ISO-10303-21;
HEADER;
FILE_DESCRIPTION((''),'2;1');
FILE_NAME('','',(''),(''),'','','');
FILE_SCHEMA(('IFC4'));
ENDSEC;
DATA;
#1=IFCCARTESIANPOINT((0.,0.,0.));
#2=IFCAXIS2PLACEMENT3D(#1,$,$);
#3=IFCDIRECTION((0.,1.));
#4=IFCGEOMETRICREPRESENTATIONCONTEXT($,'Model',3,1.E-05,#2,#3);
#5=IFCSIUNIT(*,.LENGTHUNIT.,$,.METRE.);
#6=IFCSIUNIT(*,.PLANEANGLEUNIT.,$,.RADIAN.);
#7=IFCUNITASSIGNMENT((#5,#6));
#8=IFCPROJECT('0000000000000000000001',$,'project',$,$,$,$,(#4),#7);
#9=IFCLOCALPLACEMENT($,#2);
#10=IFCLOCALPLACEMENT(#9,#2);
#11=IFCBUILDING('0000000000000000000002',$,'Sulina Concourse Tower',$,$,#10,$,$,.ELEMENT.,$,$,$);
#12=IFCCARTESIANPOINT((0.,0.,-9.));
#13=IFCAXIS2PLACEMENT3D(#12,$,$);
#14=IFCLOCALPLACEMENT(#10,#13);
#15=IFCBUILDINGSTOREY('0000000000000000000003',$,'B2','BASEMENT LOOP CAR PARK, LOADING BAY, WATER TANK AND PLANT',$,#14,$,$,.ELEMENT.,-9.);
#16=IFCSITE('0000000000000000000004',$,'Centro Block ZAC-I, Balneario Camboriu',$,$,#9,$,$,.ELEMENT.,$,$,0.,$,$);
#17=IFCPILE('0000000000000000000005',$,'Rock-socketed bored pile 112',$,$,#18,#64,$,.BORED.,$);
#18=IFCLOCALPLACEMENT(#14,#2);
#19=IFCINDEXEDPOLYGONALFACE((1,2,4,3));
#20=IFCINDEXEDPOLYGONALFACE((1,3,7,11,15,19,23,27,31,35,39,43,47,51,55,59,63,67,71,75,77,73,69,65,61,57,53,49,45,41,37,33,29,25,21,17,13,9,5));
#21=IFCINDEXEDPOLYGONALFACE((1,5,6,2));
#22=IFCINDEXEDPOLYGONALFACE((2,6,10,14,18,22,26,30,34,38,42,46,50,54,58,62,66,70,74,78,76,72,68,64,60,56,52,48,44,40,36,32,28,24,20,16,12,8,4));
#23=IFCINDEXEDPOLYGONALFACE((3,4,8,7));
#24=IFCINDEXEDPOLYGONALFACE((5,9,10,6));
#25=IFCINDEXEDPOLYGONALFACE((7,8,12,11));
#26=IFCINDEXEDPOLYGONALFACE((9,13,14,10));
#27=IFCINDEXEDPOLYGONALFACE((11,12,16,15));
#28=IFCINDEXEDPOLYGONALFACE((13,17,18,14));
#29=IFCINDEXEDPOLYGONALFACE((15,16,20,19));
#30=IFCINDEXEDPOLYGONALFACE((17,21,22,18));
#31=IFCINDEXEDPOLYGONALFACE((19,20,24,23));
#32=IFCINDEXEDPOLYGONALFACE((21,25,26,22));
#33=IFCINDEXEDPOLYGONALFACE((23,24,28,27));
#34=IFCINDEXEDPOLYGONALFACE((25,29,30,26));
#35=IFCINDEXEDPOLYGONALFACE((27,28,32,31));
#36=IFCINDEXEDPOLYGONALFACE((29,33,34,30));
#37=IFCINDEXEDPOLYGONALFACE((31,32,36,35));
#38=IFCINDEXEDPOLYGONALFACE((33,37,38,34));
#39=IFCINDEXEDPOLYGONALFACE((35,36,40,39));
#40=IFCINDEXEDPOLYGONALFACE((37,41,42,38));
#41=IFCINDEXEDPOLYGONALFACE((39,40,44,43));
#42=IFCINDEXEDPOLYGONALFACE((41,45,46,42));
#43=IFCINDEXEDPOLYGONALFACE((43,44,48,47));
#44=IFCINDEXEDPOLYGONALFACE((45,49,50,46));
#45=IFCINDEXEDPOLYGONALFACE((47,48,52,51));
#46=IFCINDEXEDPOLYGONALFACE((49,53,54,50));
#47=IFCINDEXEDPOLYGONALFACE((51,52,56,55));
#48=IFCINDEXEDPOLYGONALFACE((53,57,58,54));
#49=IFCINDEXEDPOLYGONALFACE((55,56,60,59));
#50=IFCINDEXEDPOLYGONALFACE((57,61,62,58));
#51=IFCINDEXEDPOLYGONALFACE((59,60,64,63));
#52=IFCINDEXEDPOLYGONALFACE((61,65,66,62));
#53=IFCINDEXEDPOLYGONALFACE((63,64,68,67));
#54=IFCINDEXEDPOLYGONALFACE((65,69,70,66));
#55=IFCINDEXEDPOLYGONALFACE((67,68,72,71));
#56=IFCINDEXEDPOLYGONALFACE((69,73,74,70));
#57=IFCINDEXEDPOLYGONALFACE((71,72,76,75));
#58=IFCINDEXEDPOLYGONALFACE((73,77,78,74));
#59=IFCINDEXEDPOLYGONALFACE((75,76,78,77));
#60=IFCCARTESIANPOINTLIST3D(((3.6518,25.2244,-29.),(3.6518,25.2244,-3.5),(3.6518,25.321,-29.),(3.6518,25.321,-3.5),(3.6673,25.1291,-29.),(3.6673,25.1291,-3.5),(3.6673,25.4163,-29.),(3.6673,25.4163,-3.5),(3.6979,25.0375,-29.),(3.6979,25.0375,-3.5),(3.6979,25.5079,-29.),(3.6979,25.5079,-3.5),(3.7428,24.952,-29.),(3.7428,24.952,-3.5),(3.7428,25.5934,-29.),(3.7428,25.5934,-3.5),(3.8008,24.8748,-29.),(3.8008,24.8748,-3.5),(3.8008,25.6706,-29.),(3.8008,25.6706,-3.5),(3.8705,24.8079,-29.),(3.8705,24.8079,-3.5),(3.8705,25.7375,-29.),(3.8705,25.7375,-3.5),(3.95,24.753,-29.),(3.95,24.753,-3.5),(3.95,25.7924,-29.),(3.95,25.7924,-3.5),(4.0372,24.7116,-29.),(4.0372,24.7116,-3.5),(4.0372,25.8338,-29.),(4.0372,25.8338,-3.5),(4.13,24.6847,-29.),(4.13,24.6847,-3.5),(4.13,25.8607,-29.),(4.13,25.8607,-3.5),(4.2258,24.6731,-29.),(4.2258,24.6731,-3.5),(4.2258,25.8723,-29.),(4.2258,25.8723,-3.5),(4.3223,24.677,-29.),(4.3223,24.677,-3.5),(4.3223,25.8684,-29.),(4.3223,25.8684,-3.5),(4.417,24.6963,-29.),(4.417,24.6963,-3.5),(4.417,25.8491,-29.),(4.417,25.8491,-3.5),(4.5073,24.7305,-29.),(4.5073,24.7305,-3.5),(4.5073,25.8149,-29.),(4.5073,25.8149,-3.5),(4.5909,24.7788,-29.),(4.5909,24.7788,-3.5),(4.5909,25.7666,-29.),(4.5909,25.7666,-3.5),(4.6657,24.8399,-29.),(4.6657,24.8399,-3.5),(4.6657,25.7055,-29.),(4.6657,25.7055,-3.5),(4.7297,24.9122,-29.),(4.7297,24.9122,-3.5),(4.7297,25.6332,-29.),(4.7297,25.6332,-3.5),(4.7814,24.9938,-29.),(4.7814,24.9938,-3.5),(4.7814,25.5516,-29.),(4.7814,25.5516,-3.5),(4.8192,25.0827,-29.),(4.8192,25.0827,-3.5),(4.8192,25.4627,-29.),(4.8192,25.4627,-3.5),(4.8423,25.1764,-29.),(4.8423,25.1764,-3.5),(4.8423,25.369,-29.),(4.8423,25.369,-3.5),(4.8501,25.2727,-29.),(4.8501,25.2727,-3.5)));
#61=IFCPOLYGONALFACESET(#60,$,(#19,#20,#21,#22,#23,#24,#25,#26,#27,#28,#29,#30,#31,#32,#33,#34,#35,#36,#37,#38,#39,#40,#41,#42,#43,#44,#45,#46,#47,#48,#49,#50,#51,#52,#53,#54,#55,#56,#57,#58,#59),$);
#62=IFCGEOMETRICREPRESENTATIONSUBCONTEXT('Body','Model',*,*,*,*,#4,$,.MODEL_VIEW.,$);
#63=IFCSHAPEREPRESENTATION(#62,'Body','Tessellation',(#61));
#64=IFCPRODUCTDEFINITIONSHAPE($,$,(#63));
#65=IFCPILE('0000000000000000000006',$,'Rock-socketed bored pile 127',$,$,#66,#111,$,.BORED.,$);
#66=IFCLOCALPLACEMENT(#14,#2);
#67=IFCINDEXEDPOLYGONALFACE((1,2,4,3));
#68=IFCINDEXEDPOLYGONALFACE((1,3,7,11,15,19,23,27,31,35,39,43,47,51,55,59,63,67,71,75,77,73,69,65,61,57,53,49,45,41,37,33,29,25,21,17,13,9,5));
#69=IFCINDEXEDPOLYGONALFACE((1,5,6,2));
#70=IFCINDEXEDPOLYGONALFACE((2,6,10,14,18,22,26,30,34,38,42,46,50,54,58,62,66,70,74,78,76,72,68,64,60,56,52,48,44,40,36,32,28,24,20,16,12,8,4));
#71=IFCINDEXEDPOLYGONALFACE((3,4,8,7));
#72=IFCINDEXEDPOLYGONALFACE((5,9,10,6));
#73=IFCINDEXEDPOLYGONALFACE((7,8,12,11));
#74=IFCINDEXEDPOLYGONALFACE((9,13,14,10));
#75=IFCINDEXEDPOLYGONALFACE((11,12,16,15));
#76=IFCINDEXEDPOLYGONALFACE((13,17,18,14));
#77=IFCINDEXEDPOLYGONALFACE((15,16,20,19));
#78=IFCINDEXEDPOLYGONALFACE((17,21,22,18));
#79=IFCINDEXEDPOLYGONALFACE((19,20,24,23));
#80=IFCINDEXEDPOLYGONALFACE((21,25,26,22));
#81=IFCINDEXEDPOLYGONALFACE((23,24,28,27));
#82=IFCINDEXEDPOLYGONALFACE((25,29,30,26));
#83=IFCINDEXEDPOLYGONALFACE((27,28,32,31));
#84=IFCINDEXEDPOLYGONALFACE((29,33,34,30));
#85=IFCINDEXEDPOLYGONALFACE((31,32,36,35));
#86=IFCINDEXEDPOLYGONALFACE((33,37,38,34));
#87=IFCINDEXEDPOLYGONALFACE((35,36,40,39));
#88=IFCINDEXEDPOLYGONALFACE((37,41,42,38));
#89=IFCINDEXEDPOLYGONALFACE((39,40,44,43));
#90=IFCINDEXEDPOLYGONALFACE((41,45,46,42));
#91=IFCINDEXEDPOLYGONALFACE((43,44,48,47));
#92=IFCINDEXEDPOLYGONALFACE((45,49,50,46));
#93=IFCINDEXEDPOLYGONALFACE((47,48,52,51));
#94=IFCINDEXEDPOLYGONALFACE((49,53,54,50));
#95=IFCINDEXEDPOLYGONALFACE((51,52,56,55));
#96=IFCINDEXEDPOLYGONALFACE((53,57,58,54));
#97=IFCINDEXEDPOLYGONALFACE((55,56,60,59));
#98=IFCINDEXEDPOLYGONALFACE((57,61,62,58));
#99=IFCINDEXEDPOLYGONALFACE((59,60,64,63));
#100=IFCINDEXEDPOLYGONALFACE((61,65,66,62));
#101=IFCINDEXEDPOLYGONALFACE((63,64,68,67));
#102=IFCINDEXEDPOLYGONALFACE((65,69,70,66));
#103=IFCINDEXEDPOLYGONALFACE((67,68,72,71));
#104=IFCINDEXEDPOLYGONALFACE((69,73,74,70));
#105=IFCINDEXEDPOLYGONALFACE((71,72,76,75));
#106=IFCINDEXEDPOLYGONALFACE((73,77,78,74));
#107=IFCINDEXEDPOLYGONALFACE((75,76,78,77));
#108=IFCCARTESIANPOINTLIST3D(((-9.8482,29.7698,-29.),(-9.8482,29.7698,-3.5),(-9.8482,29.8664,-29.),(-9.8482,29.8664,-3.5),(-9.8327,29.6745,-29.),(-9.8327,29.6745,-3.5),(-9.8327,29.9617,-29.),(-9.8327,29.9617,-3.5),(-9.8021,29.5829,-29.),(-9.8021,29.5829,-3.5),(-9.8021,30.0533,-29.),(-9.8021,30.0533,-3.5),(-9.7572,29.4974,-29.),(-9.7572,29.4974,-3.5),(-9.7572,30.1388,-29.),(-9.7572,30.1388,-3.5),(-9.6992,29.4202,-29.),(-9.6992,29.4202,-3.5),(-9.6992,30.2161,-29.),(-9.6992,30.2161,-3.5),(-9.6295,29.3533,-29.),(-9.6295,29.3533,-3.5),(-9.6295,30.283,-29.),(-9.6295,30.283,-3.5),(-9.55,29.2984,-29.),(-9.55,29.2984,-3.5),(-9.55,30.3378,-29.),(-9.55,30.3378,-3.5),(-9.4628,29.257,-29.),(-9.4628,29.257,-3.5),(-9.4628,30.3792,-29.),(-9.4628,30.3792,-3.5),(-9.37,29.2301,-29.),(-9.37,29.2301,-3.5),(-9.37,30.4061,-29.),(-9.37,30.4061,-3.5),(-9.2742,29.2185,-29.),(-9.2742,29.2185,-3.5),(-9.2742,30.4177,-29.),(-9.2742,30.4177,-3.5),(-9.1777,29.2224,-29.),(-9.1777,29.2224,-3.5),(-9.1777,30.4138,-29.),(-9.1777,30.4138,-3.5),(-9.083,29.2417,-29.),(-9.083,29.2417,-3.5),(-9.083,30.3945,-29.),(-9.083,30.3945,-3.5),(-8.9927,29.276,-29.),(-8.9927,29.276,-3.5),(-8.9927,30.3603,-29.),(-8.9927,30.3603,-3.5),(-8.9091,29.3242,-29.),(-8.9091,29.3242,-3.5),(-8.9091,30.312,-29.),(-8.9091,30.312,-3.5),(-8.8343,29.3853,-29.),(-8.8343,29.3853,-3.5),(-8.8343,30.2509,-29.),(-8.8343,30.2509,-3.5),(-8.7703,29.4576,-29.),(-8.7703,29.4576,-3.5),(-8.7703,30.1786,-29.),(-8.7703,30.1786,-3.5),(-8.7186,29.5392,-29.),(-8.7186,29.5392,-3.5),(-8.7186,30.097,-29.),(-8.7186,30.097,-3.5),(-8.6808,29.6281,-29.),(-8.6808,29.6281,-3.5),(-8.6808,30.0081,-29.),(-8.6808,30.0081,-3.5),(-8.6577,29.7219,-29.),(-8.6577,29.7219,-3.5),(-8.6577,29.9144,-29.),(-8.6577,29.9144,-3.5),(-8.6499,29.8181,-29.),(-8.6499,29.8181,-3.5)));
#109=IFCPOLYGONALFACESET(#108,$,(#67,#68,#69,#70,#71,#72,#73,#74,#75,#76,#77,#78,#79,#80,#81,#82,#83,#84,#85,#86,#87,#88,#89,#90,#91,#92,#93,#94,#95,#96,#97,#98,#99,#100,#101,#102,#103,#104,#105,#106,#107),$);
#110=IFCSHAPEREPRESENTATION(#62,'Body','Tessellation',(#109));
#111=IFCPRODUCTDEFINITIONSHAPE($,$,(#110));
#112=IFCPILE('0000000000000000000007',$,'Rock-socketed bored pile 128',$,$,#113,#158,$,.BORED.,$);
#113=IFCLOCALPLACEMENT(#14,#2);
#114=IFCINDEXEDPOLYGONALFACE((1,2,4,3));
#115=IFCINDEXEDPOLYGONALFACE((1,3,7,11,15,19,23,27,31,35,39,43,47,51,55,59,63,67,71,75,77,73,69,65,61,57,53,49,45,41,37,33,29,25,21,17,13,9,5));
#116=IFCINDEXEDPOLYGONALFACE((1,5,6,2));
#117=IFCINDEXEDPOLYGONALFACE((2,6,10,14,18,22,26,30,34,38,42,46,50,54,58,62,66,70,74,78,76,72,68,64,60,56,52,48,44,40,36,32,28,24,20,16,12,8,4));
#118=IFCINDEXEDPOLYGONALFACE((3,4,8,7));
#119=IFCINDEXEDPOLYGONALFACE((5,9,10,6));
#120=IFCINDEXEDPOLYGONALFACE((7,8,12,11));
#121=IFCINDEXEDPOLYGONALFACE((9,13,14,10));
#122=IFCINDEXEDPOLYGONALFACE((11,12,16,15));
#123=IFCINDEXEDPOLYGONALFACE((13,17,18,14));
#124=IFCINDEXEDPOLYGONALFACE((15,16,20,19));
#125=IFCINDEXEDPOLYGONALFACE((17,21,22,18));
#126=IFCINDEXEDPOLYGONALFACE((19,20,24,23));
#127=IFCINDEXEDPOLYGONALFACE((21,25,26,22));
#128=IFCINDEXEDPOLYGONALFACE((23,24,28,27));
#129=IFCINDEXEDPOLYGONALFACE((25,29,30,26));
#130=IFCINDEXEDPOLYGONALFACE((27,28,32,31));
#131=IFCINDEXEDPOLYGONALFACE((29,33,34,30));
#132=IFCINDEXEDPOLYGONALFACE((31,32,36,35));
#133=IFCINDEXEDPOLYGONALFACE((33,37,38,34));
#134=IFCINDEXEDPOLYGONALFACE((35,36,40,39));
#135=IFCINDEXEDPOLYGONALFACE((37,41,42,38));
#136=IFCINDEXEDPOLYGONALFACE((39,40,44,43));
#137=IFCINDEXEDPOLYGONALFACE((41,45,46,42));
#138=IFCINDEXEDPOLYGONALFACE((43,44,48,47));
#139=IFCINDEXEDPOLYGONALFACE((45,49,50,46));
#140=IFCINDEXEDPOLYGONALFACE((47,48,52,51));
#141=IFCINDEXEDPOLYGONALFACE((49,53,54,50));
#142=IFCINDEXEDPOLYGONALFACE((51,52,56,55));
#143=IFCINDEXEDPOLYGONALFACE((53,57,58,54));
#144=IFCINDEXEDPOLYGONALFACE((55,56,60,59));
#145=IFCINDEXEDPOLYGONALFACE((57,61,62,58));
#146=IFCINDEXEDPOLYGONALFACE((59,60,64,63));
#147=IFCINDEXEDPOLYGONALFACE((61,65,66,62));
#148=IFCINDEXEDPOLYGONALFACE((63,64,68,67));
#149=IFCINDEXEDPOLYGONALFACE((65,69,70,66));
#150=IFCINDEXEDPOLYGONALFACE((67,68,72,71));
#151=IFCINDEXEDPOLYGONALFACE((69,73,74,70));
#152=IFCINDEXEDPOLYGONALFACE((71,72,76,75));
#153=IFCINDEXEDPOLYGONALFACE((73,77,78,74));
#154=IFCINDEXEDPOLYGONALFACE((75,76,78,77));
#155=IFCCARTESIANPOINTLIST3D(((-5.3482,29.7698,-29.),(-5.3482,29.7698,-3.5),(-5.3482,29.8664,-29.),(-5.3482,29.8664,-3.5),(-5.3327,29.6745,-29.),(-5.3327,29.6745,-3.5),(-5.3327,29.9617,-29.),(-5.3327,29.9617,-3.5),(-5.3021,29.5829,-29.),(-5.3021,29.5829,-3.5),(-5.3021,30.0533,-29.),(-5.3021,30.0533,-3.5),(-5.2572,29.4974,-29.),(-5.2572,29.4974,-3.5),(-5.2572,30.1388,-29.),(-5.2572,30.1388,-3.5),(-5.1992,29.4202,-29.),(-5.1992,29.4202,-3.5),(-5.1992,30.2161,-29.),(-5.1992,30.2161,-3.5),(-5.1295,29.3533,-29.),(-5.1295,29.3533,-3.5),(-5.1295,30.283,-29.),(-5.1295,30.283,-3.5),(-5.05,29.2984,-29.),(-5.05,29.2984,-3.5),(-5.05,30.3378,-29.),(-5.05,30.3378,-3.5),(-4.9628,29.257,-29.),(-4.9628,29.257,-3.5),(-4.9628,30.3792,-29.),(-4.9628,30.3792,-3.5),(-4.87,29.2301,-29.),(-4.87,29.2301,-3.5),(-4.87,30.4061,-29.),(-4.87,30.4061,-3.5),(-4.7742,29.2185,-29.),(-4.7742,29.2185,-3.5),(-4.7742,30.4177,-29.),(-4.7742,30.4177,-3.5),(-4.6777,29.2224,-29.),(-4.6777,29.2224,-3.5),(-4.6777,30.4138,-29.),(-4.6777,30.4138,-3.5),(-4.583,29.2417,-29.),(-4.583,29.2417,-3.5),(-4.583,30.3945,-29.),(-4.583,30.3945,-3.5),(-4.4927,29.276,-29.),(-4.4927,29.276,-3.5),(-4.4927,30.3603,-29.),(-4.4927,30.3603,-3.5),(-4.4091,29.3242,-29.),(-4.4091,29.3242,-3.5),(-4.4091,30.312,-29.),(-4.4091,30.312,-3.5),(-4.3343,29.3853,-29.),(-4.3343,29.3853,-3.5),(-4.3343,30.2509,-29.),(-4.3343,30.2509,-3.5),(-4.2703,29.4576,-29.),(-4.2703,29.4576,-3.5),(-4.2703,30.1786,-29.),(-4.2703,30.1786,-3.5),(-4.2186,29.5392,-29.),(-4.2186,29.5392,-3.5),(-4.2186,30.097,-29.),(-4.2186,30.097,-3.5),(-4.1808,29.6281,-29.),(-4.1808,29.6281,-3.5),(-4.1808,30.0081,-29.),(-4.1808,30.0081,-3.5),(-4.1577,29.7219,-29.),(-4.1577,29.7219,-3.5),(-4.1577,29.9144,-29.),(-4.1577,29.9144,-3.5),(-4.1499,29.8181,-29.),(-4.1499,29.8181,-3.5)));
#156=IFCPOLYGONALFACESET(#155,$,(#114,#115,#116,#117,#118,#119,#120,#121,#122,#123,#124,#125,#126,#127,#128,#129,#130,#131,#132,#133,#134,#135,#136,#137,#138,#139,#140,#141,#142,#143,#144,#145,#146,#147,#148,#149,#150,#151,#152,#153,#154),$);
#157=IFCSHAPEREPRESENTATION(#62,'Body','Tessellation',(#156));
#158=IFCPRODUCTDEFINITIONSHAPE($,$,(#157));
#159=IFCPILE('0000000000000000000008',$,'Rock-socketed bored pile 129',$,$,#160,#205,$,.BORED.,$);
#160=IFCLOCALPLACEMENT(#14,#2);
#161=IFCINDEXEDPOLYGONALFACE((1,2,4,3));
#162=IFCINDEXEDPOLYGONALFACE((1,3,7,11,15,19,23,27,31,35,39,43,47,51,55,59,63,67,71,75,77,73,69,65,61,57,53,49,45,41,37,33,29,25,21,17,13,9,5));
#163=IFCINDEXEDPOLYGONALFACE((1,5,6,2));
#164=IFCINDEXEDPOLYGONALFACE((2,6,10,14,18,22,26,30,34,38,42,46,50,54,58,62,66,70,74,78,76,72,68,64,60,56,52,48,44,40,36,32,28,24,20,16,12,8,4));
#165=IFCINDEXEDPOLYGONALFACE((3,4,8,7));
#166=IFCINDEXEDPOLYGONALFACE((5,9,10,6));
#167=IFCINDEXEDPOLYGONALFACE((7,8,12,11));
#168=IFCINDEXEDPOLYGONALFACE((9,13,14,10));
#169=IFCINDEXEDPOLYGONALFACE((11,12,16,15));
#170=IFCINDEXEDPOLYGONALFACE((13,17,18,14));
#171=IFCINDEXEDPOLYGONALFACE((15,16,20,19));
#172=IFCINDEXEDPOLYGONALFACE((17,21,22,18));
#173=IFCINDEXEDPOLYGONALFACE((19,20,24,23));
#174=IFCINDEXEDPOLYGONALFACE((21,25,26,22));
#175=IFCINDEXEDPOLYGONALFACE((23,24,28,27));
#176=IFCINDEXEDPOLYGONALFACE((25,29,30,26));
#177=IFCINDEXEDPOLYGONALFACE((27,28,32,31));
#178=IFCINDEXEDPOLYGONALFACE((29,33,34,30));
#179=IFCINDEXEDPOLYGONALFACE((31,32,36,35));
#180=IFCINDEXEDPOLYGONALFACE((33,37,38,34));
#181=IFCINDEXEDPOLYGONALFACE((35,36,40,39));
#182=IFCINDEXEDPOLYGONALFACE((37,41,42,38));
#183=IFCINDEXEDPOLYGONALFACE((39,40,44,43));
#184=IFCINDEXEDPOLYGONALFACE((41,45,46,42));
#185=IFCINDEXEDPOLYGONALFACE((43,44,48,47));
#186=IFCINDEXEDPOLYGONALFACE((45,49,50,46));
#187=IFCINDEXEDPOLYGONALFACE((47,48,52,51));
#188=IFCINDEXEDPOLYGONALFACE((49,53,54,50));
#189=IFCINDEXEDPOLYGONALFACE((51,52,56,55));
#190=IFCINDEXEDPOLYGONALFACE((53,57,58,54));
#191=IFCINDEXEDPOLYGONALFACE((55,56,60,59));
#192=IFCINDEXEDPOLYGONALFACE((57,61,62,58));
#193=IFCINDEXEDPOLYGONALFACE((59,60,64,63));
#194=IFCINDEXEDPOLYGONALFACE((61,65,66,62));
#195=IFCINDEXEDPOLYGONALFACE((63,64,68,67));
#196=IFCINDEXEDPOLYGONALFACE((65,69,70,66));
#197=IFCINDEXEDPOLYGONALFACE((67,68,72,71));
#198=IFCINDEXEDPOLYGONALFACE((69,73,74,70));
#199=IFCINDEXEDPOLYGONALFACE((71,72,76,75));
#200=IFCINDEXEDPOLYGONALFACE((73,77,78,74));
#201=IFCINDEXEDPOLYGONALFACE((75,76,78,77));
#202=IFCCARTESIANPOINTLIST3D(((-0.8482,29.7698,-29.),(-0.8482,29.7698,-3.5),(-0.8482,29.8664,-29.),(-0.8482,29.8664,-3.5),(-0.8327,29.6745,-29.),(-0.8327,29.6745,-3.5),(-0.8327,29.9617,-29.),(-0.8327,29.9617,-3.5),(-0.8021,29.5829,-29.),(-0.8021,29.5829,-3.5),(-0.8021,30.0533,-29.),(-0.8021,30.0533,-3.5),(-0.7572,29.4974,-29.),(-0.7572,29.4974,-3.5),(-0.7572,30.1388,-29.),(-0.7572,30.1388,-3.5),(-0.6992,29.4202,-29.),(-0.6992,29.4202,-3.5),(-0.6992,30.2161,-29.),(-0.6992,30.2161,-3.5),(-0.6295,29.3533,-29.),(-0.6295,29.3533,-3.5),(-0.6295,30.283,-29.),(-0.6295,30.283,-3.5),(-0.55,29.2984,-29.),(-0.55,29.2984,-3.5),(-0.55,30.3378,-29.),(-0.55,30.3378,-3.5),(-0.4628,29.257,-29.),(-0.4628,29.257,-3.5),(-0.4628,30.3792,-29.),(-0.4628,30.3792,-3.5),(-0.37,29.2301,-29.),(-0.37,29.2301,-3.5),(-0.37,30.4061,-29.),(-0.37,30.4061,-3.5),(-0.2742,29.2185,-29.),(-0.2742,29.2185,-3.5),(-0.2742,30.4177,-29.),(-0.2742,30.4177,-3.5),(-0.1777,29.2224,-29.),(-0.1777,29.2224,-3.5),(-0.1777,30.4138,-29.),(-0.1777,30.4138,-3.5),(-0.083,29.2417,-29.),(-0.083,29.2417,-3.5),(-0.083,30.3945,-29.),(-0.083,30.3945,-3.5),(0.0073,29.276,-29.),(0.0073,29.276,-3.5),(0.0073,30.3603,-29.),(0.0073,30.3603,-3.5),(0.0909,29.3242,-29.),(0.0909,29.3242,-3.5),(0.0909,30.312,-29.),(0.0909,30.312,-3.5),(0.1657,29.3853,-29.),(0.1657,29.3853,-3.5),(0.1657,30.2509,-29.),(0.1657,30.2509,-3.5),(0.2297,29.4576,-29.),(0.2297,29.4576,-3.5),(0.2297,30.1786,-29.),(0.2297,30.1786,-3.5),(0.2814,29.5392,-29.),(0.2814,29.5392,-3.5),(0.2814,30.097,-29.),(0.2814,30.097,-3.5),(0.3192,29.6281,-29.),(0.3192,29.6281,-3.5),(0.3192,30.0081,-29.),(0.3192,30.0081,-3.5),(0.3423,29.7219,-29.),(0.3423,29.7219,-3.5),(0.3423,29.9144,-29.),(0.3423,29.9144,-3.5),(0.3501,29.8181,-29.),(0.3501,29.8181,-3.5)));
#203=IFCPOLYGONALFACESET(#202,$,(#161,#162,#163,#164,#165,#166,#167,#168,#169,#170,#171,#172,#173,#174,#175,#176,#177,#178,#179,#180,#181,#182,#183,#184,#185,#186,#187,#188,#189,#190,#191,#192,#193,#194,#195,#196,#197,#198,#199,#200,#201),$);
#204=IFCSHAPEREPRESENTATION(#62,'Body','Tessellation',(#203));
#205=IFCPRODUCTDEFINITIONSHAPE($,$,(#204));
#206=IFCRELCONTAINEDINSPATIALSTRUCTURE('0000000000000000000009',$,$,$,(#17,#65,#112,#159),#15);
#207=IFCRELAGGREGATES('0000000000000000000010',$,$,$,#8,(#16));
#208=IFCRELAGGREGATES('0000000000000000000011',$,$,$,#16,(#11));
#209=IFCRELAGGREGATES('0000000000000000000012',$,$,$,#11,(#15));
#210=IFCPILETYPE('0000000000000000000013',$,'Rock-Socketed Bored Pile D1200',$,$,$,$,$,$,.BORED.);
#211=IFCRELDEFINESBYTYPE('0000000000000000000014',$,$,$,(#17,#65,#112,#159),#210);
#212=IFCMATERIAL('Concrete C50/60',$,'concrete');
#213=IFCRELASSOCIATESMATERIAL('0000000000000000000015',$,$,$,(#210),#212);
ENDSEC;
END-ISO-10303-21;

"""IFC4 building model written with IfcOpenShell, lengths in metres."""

from ifc_helpers import new_model, si_unit, direction, frame, origin, origin_2d, place, context, subcontext, project, spatial, circle, extrude, material, material_profile, profile_set, type_object, element, save


model = new_model("IFC4")

# Units and contexts
model_context = context("Model", 3, precision=1e-05, world=origin(), true_north=direction((0.0, 1.0)))
body_context = subcontext(model_context, "Body", "Model", "MODEL_VIEW")
ifc_project = project(units=[si_unit("LENGTHUNIT", "METRE"), si_unit("PLANEANGLEUNIT", "RADIAN")], contexts=[model_context])

# Site, building, storey
site_placement = place(None, origin())
site = spatial("IfcSite", under=ifc_project, at=site_placement, Name="Centro Block ZAC-I, Balneario Camboriu", CompositionType="ELEMENT", RefElevation=0.0)
building_placement = place(site_placement, origin())
building = spatial("IfcBuilding", under=site, at=building_placement, Name="Sulina Concourse Tower", CompositionType="ELEMENT")
storey_placement = place(building_placement, frame((0.0, 0.0, -9.0)))
storey = spatial("IfcBuildingStorey", under=building, at=storey_placement, Name="B2", Description="BASEMENT LOOP CAR PARK, LOADING BAY, WATER TANK AND PLANT", CompositionType="ELEMENT", Elevation=-9.0)

# Piles
ifc_material_1 = material(Name="Concrete C50/60", Category="concrete")
ifc_material_profile_1 = material_profile(ifc_material_1, circle(Radius=0.6001, at=origin_2d()), Name="PILE D1200")
ifc_profile_set_1 = profile_set([ifc_material_profile_1], Name="Concrete C50/60")
pile_type_1 = type_object("IfcPileType", Name="Rock-Socketed Bored Pile D1200", PredefinedType="BORED", material=ifc_profile_set_1)
for number, where, z_axis, x_axis, name in (
    (1, (4.25, 25.2727, -3.5), (0.0, 0.0, -1.0), (1.0, 0.0, 0.0), "Rock-socketed bored pile 112"),
    (2, (-9.25, 29.8181, -3.5), (0.0, 0.0, -1.0), (1.0, 0.0, 0.0), "Rock-socketed bored pile 127"),
    (3, (-4.75, 29.8181, -3.5), (0.0, 0.0, -1.0), (1.0, 0.0, 0.0), "Rock-socketed bored pile 128"),
    (4, (-0.25, 29.8181, -3.5), (0.0, 0.0, -1.0), (1.0, 0.0, 0.0), "Rock-socketed bored pile 129"),
):
    element("IfcPile", number, at=place(storey_placement, frame(where, z_axis=z_axis, x_axis=x_axis)), inside=storey, type_object=pile_type_1, Name=name, PredefinedType="BORED", context=body_context, shape_type="SweptSolid", body=[
        extrude(circle(Radius=0.6001, at=origin_2d()), origin(), (0.0, 0.0, 1.0), 25.5),
    ])

save(model, "model.ifc")
